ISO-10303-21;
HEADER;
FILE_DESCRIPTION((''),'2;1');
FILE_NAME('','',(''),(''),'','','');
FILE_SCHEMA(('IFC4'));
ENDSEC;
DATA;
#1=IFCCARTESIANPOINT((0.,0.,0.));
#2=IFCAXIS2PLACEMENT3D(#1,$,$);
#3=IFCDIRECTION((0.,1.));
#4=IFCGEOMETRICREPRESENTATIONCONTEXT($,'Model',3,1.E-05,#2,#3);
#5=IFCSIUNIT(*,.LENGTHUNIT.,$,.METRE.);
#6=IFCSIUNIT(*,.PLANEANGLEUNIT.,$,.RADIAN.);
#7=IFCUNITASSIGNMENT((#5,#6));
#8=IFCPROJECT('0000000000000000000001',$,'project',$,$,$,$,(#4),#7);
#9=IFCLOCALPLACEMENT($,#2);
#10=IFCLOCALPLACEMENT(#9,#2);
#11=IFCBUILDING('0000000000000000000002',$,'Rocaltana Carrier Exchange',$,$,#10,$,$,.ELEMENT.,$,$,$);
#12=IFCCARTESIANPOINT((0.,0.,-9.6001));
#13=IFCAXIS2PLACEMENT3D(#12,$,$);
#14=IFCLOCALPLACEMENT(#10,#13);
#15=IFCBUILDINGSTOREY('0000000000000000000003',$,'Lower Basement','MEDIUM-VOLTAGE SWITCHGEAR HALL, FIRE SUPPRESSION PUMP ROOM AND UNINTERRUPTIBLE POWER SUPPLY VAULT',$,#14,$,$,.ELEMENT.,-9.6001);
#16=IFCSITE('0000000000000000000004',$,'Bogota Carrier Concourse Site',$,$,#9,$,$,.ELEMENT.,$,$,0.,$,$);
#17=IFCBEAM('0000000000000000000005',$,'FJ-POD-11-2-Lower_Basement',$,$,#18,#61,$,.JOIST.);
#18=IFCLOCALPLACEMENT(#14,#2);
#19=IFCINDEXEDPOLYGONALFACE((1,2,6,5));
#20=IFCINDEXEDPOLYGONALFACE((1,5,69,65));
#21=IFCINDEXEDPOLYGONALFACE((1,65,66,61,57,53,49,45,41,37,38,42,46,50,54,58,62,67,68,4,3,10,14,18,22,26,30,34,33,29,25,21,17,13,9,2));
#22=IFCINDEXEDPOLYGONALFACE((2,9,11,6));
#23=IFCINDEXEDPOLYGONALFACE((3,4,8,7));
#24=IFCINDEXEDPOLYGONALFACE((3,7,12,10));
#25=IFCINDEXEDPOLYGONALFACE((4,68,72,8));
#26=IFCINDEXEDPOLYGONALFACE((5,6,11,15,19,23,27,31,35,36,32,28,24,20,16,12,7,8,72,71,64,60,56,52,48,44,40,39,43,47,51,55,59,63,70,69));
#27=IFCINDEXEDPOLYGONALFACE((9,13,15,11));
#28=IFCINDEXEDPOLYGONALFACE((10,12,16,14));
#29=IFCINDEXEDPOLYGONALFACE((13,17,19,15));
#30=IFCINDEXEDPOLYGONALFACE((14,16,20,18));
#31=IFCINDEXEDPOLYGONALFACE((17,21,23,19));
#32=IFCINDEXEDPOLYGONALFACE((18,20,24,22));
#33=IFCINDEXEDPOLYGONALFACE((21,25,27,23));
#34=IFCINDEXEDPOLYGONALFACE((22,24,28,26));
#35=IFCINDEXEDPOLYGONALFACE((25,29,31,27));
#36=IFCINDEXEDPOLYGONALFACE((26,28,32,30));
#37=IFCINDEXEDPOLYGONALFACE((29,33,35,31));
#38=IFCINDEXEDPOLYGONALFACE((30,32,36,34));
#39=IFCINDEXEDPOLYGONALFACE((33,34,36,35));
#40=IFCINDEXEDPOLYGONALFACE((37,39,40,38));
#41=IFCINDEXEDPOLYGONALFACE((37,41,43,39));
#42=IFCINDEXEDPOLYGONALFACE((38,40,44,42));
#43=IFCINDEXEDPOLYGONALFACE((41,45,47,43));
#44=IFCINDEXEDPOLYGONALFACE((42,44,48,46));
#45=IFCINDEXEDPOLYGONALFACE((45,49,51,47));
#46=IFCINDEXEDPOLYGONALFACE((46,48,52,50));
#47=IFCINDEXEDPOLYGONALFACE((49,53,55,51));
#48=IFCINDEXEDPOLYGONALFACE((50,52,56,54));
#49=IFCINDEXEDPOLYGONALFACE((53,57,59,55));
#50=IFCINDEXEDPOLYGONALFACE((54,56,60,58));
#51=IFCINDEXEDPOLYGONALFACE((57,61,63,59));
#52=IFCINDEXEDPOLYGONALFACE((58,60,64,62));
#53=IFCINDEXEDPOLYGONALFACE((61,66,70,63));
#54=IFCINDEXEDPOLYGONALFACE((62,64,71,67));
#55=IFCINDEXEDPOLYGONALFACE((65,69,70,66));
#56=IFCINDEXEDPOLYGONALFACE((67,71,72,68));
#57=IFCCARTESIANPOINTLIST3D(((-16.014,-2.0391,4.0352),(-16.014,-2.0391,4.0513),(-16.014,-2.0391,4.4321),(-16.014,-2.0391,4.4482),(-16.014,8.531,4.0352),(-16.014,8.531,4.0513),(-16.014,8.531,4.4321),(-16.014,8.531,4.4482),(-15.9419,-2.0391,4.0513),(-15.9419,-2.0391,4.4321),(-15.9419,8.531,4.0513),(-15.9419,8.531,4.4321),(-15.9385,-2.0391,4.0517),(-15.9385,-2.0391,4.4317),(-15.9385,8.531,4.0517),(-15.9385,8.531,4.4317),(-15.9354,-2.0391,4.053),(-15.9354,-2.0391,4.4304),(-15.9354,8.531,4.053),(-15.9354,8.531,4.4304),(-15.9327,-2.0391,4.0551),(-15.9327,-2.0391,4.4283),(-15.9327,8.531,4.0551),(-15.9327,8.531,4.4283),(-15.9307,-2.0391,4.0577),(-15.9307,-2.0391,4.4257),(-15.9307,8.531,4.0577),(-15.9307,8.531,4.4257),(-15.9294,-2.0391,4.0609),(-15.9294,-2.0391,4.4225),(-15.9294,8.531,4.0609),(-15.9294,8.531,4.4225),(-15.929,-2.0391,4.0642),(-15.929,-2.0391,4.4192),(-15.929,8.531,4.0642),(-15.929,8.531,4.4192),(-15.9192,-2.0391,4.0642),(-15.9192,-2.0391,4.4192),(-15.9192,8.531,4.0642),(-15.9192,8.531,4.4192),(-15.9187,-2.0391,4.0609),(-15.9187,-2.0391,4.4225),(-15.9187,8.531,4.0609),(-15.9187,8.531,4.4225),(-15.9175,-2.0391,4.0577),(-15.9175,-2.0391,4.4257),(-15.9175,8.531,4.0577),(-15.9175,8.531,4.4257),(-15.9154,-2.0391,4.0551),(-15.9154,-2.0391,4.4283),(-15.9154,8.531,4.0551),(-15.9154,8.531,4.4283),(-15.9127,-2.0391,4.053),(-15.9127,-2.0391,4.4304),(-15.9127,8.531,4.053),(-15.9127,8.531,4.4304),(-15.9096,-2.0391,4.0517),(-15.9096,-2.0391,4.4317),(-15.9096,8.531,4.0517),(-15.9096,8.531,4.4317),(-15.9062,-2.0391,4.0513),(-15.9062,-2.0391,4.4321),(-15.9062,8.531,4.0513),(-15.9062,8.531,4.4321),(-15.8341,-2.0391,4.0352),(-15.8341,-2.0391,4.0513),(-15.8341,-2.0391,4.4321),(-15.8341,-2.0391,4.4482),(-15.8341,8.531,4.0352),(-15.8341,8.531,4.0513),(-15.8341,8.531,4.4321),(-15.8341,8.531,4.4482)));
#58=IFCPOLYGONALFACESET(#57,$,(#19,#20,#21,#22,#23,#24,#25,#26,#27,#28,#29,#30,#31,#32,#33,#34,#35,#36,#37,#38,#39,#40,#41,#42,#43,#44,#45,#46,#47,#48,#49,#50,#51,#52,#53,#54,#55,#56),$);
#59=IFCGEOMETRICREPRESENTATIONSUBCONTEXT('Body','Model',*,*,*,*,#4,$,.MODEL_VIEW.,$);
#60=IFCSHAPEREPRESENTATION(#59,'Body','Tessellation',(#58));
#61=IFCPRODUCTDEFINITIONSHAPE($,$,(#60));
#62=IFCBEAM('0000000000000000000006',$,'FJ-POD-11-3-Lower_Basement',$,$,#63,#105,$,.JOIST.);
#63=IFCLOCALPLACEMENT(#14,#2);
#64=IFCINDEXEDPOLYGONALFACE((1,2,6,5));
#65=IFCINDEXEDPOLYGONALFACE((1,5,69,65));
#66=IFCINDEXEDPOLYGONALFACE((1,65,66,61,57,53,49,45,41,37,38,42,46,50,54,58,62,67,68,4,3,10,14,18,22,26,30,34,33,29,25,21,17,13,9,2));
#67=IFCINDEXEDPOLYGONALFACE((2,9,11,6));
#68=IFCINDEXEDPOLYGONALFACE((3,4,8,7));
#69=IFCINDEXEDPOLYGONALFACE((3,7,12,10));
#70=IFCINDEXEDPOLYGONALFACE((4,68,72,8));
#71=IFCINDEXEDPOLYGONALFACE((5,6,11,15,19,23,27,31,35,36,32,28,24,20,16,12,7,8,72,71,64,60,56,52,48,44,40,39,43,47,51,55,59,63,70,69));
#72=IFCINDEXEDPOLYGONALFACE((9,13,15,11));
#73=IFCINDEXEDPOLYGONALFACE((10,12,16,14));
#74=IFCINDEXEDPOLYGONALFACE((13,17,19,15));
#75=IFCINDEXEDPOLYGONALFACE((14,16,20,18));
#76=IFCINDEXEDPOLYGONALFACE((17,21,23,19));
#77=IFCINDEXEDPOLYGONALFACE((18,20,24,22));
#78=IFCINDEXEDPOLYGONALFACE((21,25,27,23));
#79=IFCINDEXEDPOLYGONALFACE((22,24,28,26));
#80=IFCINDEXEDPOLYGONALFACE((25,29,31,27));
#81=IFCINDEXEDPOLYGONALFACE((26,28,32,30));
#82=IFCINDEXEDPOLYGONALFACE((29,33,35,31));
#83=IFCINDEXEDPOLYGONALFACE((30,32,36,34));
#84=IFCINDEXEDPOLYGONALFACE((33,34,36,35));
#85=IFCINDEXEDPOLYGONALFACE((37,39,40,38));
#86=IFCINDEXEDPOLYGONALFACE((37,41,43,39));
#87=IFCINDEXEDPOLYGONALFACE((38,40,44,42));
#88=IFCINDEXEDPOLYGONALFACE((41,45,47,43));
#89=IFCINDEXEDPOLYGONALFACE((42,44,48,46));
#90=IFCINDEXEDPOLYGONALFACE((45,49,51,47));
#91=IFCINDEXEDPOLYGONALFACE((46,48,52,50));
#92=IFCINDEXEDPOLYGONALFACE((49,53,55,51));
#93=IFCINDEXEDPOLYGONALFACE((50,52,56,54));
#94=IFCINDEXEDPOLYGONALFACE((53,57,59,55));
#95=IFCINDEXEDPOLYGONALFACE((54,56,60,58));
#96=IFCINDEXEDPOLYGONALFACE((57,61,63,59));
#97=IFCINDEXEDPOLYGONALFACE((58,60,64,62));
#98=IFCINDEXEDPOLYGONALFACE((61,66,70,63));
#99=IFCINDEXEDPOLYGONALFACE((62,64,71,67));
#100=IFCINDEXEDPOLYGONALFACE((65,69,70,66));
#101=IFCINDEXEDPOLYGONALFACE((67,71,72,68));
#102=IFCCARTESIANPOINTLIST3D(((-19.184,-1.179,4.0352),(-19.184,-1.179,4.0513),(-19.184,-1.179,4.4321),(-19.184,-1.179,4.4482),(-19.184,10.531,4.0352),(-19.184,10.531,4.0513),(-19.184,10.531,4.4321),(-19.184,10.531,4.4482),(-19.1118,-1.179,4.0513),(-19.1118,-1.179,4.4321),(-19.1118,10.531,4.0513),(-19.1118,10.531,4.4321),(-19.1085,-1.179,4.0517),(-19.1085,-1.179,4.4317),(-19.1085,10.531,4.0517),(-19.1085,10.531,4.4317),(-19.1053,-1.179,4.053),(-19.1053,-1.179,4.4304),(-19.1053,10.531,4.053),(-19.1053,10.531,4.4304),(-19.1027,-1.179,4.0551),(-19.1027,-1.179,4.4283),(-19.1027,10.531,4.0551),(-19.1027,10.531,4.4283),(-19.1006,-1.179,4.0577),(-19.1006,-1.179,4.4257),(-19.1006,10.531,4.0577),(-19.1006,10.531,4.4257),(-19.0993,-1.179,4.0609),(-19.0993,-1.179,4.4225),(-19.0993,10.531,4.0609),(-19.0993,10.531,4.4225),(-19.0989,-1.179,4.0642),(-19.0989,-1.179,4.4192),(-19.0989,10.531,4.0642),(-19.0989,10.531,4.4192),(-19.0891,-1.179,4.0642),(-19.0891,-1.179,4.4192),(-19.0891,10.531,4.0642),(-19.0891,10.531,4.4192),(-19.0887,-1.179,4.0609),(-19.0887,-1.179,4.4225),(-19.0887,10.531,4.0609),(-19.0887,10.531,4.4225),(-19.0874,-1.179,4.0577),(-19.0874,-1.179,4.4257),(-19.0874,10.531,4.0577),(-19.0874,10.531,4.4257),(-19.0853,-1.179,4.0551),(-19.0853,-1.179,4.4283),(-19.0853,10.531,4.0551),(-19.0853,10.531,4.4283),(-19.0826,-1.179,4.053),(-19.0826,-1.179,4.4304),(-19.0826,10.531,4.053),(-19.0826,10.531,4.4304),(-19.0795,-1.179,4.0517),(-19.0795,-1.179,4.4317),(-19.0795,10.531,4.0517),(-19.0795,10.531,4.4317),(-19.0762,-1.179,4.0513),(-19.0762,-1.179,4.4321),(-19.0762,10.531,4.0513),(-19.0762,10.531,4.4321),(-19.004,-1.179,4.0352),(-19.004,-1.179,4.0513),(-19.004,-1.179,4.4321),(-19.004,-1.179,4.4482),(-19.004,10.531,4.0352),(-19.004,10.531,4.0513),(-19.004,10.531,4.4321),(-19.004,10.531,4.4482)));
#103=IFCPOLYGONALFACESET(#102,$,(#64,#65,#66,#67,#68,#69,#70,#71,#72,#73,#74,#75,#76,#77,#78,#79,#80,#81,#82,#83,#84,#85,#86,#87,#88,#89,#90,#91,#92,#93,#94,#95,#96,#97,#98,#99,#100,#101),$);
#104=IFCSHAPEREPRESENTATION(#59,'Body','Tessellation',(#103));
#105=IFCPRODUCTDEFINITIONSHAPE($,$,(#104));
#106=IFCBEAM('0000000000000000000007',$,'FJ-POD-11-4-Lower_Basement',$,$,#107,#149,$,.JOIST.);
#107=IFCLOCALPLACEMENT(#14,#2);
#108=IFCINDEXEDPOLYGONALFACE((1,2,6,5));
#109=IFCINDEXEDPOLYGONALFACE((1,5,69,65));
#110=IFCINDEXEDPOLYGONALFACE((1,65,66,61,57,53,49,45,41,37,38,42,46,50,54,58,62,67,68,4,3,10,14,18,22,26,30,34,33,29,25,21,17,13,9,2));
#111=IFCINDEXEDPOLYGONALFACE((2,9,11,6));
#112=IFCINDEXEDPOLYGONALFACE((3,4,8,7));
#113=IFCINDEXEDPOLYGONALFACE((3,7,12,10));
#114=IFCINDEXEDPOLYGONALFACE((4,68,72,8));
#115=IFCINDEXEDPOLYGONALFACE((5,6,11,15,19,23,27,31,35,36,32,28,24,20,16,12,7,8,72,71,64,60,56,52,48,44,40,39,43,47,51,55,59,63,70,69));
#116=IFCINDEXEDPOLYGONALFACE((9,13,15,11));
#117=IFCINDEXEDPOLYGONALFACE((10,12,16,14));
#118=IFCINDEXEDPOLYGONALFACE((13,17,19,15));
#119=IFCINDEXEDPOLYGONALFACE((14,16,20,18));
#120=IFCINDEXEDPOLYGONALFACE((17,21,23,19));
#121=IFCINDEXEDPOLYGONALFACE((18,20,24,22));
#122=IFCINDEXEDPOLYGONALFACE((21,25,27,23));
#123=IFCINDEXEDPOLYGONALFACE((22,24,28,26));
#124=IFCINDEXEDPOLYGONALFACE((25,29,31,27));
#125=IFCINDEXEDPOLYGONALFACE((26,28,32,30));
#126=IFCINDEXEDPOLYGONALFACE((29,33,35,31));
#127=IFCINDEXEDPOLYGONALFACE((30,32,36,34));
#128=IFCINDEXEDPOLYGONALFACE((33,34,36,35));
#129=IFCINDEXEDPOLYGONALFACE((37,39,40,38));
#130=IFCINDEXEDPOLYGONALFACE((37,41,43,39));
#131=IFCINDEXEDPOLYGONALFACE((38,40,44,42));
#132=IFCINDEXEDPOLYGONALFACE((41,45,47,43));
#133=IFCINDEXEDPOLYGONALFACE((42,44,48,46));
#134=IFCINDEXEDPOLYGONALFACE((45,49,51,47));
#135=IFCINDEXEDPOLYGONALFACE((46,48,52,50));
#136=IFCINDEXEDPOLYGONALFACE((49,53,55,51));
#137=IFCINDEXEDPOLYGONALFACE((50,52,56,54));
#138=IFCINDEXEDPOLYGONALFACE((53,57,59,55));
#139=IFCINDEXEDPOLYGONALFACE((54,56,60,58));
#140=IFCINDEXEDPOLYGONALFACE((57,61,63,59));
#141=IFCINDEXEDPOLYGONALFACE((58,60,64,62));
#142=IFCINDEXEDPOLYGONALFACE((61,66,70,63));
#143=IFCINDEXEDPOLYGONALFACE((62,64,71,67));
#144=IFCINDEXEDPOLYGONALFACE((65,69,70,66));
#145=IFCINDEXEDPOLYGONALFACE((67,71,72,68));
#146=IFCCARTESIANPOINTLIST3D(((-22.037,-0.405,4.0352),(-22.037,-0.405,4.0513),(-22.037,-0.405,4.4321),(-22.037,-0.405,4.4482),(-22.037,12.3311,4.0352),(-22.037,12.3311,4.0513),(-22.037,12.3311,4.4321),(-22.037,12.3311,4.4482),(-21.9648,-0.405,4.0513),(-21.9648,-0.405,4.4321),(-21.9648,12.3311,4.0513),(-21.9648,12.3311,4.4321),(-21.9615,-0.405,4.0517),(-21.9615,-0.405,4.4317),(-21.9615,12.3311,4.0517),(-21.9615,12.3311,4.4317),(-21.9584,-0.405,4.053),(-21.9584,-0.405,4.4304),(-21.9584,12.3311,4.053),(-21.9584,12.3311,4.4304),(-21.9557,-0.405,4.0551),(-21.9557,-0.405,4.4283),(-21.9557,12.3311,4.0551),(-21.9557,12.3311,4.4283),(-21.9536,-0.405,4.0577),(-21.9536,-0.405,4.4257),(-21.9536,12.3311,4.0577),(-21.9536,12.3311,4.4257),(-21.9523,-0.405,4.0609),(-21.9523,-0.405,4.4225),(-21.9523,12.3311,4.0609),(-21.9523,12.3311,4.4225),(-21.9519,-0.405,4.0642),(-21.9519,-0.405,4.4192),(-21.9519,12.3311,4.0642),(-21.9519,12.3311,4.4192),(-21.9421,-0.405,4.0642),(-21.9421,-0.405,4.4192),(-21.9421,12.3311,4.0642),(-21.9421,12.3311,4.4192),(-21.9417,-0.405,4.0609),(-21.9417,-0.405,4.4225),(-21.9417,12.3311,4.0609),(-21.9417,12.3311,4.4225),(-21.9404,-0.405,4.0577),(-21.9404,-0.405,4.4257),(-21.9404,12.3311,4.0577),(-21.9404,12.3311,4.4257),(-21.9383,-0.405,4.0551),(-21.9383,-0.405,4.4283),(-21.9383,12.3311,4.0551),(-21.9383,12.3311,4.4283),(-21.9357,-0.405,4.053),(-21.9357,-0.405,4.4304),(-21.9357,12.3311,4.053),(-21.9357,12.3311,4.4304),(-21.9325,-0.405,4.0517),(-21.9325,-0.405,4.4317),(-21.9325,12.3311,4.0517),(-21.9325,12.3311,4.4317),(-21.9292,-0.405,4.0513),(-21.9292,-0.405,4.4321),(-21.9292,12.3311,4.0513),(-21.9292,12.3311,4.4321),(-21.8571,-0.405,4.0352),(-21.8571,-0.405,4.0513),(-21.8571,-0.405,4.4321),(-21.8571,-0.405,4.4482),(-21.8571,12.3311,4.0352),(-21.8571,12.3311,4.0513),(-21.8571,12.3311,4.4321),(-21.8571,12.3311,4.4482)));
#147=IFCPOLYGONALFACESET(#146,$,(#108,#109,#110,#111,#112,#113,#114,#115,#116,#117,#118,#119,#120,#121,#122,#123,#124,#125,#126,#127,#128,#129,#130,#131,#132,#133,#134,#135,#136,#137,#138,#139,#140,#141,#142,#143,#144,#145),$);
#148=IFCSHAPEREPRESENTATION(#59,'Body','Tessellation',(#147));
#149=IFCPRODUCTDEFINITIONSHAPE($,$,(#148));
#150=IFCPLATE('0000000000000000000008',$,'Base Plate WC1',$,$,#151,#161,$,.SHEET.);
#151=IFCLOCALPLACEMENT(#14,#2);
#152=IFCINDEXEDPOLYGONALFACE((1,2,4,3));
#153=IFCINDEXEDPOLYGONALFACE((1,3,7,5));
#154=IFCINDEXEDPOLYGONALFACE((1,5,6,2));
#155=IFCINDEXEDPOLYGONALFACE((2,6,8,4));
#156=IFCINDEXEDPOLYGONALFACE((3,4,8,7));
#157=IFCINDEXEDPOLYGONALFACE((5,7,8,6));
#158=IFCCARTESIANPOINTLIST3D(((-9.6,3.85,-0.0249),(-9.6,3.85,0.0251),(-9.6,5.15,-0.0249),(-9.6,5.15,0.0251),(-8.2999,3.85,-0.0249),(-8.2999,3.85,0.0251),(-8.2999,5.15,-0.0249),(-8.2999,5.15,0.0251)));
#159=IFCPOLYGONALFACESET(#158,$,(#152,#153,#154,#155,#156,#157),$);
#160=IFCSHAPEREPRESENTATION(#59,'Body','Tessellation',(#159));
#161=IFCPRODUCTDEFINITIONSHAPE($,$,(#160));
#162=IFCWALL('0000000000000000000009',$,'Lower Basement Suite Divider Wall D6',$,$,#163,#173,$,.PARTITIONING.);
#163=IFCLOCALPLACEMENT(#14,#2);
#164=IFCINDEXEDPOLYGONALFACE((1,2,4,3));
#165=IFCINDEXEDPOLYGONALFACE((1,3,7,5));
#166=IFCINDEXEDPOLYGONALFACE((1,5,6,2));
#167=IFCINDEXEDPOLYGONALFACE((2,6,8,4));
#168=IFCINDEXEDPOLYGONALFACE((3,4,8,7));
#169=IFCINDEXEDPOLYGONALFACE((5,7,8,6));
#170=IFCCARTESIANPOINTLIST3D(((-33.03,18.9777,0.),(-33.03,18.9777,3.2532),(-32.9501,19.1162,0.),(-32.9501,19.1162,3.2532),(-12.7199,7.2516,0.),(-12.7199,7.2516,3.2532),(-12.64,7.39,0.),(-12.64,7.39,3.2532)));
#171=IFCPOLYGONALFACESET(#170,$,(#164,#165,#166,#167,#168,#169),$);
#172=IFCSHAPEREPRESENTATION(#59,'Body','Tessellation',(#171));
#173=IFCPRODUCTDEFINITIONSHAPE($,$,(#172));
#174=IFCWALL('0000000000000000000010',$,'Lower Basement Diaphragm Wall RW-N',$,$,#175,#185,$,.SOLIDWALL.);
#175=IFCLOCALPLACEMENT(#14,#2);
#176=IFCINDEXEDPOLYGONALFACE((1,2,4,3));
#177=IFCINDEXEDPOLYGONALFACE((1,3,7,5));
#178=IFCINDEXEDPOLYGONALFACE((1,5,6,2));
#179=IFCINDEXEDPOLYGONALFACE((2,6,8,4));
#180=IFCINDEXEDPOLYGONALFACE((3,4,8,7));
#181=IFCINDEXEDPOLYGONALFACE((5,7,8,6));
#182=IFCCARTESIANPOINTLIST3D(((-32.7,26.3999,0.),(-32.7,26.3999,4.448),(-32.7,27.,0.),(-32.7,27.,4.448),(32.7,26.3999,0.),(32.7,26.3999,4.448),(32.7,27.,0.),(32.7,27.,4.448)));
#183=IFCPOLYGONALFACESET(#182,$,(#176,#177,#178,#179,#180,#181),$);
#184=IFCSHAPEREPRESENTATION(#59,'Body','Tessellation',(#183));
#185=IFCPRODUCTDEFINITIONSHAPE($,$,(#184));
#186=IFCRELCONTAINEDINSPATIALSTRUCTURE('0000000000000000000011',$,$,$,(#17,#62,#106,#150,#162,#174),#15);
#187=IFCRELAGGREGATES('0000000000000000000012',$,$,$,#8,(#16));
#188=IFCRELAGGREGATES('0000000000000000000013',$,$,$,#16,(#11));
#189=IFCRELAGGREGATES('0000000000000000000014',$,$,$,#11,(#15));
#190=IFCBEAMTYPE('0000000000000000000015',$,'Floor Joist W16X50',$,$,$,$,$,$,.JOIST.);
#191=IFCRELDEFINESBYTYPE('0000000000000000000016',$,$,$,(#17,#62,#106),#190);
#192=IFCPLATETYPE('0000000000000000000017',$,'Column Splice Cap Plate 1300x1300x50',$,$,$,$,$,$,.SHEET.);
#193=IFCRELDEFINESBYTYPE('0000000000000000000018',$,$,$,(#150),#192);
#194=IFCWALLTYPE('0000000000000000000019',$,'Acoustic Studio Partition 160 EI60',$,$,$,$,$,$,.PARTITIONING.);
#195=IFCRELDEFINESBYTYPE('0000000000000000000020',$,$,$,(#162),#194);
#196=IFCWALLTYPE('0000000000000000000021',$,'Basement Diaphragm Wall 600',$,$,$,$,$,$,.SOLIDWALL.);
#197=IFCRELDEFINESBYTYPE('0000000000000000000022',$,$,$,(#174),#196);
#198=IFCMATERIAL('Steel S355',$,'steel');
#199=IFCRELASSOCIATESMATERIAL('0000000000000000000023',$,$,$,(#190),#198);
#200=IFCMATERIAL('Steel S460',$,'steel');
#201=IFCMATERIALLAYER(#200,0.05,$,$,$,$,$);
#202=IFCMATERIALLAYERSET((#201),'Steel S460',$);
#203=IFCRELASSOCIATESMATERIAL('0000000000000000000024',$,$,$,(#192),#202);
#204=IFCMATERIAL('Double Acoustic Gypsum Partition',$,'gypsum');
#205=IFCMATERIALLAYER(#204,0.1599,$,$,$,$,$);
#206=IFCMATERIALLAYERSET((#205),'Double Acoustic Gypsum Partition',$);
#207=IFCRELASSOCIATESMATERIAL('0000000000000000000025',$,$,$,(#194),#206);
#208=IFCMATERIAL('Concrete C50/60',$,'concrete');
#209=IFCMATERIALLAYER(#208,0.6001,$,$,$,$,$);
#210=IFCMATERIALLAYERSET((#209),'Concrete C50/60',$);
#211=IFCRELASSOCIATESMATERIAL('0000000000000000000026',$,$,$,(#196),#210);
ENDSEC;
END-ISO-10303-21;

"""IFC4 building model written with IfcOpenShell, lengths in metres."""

from ifc_helpers import new_model, si_unit, direction, frame, frame_2d, origin, origin_2d, place, context, subcontext, project, spatial, rectangle, i_section, extrude, material, layer, layer_set, material_profile, profile_set, type_object, element, save


model = new_model("IFC4")

# Units and contexts
model_context = context("Model", 3, precision=1e-05, world=origin(), true_north=direction((0.0, 1.0)))
body_context = subcontext(model_context, "Body", "Model", "MODEL_VIEW")
ifc_project = project(units=[si_unit("LENGTHUNIT", "METRE"), si_unit("PLANEANGLEUNIT", "RADIAN")], contexts=[model_context])

# Site, building, storey
site_placement = place(None, origin())
site = spatial("IfcSite", under=ifc_project, at=site_placement, Name="Bogota Carrier Concourse Site", CompositionType="ELEMENT", RefElevation=0.0)
building_placement = place(site_placement, origin())
building = spatial("IfcBuilding", under=site, at=building_placement, Name="Rocaltana Carrier Exchange", CompositionType="ELEMENT")
storey_placement = place(building_placement, frame((0.0, 0.0, -9.6001)))
storey = spatial("IfcBuildingStorey", under=building, at=storey_placement, Name="Lower Basement", Description="MEDIUM-VOLTAGE SWITCHGEAR HALL, FIRE SUPPRESSION PUMP ROOM AND UNINTERRUPTIBLE POWER SUPPLY VAULT", CompositionType="ELEMENT", Elevation=-9.6001)

# Beams
ifc_material_1 = material(Name="Steel S355", Category="steel")
ifc_material_profile_1 = material_profile(ifc_material_1, i_section(OverallWidth=0.1799, OverallDepth=0.4131, WebThickness=0.0098, FlangeThickness=0.0161, FilletRadius=0.0129, at=origin_2d()), Name="W16X50")
ifc_profile_set_1 = profile_set([ifc_material_profile_1], Name="Steel S355")
beam_type_1 = type_object("IfcBeamType", Name="Floor Joist W16X50", PredefinedType="JOIST", material=ifc_profile_set_1)
beam_1_placement = place(storey_placement, frame((-15.9241, 8.531, 4.2417), z_axis=(0.0, -1.0, 0.0), x_axis=(1.0, 0.0, 0.0)))
element("IfcBeam", 1, at=beam_1_placement, inside=storey, type_object=beam_type_1, Name="FJ-POD-11-2-Lower_Basement", PredefinedType="JOIST", context=body_context, shape_type="SweptSolid", body=[
    extrude(i_section(OverallWidth=0.1799, OverallDepth=0.4131, WebThickness=0.0098, FlangeThickness=0.0161, FilletRadius=0.0129, at=origin_2d()), origin(), (0.0, 0.0, 1.0), 10.5701),
])
beam_2_placement = place(storey_placement, frame((-19.094, 10.531, 4.2417), z_axis=(0.0, -1.0, 0.0), x_axis=(1.0, 0.0, 0.0)))
element("IfcBeam", 2, at=beam_2_placement, inside=storey, type_object=beam_type_1, Name="FJ-POD-11-3-Lower_Basement", PredefinedType="JOIST", context=body_context, shape_type="SweptSolid", body=[
    extrude(i_section(OverallWidth=0.1799, OverallDepth=0.4131, WebThickness=0.0098, FlangeThickness=0.0161, FilletRadius=0.0129, at=origin_2d()), origin(), (0.0, 0.0, 1.0), 11.71),
])
beam_3_placement = place(storey_placement, frame((-21.947, 12.3311, 4.2417), z_axis=(0.0, -1.0, 0.0), x_axis=(1.0, 0.0, 0.0)))
element("IfcBeam", 3, at=beam_3_placement, inside=storey, type_object=beam_type_1, Name="FJ-POD-11-4-Lower_Basement", PredefinedType="JOIST", context=body_context, shape_type="SweptSolid", body=[
    extrude(i_section(OverallWidth=0.1799, OverallDepth=0.4131, WebThickness=0.0098, FlangeThickness=0.0161, FilletRadius=0.0129, at=origin_2d()), origin(), (0.0, 0.0, 1.0), 12.7361),
])

# Plate
ifc_material_2 = material(Name="Steel S460", Category="steel")
ifc_layer_1 = layer(ifc_material_2, 0.05)
ifc_layer_set_1 = layer_set([ifc_layer_1], Name="Steel S460")
plate_type = type_object("IfcPlateType", Name="Column Splice Cap Plate 1300x1300x50", PredefinedType="SHEET", material=ifc_layer_set_1)
plate_placement = place(storey_placement, frame((-8.95, 4.5, -0.0249), z_axis=(0.0, 0.0, 1.0), x_axis=(1.0, 0.0, 0.0)))
element("IfcPlate", 4, at=plate_placement, inside=storey, type_object=plate_type, Name="Base Plate WC1", PredefinedType="SHEET", context=body_context, shape_type="SweptSolid", body=[
    extrude(rectangle(XDim=1.3, YDim=1.3, at=origin_2d()), origin(), (0.0, 0.0, 1.0), 0.05),
])

# Walls
ifc_material_3 = material(Name="Double Acoustic Gypsum Partition", Category="gypsum")
ifc_layer_2 = layer(ifc_material_3, 0.1599)
ifc_layer_set_2 = layer_set([ifc_layer_2], Name="Double Acoustic Gypsum Partition")
wall_type_1 = type_object("IfcWallType", Name="Acoustic Studio Partition 160 EI60", PredefinedType="PARTITIONING", material=ifc_layer_set_2)
wall_1_placement = place(storey_placement, frame((-12.6799, 7.3208, 0.0), z_axis=(0.0, 0.0, 1.0), x_axis=(-0.866024, 0.500002, 0.0)))
element("IfcWall", 5, at=wall_1_placement, inside=storey, type_object=wall_type_1, Name="Lower Basement Suite Divider Wall D6", PredefinedType="PARTITIONING", context=body_context, shape_type="SweptSolid", body=[
    extrude(rectangle(XDim=23.4521, YDim=0.1599, at=frame_2d((11.7261, 0.0))), origin(), (0.0, 0.0, 1.0), 3.2532),
])
ifc_material_4 = material(Name="Concrete C50/60", Category="concrete")
ifc_layer_3 = layer(ifc_material_4, 0.6001)
ifc_layer_set_3 = layer_set([ifc_layer_3], Name="Concrete C50/60")
wall_type_2 = type_object("IfcWallType", Name="Basement Diaphragm Wall 600", PredefinedType="SOLIDWALL", material=ifc_layer_set_3)
wall_2_placement = place(storey_placement, frame((-32.7, 26.7, 0.0), z_axis=(0.0, 0.0, 1.0), x_axis=(1.0, 0.0, 0.0)))
element("IfcWall", 6, at=wall_2_placement, inside=storey, type_object=wall_type_2, Name="Lower Basement Diaphragm Wall RW-N", PredefinedType="SOLIDWALL", context=body_context, shape_type="SweptSolid", body=[
    extrude(rectangle(XDim=65.3999, YDim=0.6001, at=frame_2d((32.7, 0.0))), origin(), (0.0, 0.0, 1.0), 4.448),
])

save(model, "model.ifc")
